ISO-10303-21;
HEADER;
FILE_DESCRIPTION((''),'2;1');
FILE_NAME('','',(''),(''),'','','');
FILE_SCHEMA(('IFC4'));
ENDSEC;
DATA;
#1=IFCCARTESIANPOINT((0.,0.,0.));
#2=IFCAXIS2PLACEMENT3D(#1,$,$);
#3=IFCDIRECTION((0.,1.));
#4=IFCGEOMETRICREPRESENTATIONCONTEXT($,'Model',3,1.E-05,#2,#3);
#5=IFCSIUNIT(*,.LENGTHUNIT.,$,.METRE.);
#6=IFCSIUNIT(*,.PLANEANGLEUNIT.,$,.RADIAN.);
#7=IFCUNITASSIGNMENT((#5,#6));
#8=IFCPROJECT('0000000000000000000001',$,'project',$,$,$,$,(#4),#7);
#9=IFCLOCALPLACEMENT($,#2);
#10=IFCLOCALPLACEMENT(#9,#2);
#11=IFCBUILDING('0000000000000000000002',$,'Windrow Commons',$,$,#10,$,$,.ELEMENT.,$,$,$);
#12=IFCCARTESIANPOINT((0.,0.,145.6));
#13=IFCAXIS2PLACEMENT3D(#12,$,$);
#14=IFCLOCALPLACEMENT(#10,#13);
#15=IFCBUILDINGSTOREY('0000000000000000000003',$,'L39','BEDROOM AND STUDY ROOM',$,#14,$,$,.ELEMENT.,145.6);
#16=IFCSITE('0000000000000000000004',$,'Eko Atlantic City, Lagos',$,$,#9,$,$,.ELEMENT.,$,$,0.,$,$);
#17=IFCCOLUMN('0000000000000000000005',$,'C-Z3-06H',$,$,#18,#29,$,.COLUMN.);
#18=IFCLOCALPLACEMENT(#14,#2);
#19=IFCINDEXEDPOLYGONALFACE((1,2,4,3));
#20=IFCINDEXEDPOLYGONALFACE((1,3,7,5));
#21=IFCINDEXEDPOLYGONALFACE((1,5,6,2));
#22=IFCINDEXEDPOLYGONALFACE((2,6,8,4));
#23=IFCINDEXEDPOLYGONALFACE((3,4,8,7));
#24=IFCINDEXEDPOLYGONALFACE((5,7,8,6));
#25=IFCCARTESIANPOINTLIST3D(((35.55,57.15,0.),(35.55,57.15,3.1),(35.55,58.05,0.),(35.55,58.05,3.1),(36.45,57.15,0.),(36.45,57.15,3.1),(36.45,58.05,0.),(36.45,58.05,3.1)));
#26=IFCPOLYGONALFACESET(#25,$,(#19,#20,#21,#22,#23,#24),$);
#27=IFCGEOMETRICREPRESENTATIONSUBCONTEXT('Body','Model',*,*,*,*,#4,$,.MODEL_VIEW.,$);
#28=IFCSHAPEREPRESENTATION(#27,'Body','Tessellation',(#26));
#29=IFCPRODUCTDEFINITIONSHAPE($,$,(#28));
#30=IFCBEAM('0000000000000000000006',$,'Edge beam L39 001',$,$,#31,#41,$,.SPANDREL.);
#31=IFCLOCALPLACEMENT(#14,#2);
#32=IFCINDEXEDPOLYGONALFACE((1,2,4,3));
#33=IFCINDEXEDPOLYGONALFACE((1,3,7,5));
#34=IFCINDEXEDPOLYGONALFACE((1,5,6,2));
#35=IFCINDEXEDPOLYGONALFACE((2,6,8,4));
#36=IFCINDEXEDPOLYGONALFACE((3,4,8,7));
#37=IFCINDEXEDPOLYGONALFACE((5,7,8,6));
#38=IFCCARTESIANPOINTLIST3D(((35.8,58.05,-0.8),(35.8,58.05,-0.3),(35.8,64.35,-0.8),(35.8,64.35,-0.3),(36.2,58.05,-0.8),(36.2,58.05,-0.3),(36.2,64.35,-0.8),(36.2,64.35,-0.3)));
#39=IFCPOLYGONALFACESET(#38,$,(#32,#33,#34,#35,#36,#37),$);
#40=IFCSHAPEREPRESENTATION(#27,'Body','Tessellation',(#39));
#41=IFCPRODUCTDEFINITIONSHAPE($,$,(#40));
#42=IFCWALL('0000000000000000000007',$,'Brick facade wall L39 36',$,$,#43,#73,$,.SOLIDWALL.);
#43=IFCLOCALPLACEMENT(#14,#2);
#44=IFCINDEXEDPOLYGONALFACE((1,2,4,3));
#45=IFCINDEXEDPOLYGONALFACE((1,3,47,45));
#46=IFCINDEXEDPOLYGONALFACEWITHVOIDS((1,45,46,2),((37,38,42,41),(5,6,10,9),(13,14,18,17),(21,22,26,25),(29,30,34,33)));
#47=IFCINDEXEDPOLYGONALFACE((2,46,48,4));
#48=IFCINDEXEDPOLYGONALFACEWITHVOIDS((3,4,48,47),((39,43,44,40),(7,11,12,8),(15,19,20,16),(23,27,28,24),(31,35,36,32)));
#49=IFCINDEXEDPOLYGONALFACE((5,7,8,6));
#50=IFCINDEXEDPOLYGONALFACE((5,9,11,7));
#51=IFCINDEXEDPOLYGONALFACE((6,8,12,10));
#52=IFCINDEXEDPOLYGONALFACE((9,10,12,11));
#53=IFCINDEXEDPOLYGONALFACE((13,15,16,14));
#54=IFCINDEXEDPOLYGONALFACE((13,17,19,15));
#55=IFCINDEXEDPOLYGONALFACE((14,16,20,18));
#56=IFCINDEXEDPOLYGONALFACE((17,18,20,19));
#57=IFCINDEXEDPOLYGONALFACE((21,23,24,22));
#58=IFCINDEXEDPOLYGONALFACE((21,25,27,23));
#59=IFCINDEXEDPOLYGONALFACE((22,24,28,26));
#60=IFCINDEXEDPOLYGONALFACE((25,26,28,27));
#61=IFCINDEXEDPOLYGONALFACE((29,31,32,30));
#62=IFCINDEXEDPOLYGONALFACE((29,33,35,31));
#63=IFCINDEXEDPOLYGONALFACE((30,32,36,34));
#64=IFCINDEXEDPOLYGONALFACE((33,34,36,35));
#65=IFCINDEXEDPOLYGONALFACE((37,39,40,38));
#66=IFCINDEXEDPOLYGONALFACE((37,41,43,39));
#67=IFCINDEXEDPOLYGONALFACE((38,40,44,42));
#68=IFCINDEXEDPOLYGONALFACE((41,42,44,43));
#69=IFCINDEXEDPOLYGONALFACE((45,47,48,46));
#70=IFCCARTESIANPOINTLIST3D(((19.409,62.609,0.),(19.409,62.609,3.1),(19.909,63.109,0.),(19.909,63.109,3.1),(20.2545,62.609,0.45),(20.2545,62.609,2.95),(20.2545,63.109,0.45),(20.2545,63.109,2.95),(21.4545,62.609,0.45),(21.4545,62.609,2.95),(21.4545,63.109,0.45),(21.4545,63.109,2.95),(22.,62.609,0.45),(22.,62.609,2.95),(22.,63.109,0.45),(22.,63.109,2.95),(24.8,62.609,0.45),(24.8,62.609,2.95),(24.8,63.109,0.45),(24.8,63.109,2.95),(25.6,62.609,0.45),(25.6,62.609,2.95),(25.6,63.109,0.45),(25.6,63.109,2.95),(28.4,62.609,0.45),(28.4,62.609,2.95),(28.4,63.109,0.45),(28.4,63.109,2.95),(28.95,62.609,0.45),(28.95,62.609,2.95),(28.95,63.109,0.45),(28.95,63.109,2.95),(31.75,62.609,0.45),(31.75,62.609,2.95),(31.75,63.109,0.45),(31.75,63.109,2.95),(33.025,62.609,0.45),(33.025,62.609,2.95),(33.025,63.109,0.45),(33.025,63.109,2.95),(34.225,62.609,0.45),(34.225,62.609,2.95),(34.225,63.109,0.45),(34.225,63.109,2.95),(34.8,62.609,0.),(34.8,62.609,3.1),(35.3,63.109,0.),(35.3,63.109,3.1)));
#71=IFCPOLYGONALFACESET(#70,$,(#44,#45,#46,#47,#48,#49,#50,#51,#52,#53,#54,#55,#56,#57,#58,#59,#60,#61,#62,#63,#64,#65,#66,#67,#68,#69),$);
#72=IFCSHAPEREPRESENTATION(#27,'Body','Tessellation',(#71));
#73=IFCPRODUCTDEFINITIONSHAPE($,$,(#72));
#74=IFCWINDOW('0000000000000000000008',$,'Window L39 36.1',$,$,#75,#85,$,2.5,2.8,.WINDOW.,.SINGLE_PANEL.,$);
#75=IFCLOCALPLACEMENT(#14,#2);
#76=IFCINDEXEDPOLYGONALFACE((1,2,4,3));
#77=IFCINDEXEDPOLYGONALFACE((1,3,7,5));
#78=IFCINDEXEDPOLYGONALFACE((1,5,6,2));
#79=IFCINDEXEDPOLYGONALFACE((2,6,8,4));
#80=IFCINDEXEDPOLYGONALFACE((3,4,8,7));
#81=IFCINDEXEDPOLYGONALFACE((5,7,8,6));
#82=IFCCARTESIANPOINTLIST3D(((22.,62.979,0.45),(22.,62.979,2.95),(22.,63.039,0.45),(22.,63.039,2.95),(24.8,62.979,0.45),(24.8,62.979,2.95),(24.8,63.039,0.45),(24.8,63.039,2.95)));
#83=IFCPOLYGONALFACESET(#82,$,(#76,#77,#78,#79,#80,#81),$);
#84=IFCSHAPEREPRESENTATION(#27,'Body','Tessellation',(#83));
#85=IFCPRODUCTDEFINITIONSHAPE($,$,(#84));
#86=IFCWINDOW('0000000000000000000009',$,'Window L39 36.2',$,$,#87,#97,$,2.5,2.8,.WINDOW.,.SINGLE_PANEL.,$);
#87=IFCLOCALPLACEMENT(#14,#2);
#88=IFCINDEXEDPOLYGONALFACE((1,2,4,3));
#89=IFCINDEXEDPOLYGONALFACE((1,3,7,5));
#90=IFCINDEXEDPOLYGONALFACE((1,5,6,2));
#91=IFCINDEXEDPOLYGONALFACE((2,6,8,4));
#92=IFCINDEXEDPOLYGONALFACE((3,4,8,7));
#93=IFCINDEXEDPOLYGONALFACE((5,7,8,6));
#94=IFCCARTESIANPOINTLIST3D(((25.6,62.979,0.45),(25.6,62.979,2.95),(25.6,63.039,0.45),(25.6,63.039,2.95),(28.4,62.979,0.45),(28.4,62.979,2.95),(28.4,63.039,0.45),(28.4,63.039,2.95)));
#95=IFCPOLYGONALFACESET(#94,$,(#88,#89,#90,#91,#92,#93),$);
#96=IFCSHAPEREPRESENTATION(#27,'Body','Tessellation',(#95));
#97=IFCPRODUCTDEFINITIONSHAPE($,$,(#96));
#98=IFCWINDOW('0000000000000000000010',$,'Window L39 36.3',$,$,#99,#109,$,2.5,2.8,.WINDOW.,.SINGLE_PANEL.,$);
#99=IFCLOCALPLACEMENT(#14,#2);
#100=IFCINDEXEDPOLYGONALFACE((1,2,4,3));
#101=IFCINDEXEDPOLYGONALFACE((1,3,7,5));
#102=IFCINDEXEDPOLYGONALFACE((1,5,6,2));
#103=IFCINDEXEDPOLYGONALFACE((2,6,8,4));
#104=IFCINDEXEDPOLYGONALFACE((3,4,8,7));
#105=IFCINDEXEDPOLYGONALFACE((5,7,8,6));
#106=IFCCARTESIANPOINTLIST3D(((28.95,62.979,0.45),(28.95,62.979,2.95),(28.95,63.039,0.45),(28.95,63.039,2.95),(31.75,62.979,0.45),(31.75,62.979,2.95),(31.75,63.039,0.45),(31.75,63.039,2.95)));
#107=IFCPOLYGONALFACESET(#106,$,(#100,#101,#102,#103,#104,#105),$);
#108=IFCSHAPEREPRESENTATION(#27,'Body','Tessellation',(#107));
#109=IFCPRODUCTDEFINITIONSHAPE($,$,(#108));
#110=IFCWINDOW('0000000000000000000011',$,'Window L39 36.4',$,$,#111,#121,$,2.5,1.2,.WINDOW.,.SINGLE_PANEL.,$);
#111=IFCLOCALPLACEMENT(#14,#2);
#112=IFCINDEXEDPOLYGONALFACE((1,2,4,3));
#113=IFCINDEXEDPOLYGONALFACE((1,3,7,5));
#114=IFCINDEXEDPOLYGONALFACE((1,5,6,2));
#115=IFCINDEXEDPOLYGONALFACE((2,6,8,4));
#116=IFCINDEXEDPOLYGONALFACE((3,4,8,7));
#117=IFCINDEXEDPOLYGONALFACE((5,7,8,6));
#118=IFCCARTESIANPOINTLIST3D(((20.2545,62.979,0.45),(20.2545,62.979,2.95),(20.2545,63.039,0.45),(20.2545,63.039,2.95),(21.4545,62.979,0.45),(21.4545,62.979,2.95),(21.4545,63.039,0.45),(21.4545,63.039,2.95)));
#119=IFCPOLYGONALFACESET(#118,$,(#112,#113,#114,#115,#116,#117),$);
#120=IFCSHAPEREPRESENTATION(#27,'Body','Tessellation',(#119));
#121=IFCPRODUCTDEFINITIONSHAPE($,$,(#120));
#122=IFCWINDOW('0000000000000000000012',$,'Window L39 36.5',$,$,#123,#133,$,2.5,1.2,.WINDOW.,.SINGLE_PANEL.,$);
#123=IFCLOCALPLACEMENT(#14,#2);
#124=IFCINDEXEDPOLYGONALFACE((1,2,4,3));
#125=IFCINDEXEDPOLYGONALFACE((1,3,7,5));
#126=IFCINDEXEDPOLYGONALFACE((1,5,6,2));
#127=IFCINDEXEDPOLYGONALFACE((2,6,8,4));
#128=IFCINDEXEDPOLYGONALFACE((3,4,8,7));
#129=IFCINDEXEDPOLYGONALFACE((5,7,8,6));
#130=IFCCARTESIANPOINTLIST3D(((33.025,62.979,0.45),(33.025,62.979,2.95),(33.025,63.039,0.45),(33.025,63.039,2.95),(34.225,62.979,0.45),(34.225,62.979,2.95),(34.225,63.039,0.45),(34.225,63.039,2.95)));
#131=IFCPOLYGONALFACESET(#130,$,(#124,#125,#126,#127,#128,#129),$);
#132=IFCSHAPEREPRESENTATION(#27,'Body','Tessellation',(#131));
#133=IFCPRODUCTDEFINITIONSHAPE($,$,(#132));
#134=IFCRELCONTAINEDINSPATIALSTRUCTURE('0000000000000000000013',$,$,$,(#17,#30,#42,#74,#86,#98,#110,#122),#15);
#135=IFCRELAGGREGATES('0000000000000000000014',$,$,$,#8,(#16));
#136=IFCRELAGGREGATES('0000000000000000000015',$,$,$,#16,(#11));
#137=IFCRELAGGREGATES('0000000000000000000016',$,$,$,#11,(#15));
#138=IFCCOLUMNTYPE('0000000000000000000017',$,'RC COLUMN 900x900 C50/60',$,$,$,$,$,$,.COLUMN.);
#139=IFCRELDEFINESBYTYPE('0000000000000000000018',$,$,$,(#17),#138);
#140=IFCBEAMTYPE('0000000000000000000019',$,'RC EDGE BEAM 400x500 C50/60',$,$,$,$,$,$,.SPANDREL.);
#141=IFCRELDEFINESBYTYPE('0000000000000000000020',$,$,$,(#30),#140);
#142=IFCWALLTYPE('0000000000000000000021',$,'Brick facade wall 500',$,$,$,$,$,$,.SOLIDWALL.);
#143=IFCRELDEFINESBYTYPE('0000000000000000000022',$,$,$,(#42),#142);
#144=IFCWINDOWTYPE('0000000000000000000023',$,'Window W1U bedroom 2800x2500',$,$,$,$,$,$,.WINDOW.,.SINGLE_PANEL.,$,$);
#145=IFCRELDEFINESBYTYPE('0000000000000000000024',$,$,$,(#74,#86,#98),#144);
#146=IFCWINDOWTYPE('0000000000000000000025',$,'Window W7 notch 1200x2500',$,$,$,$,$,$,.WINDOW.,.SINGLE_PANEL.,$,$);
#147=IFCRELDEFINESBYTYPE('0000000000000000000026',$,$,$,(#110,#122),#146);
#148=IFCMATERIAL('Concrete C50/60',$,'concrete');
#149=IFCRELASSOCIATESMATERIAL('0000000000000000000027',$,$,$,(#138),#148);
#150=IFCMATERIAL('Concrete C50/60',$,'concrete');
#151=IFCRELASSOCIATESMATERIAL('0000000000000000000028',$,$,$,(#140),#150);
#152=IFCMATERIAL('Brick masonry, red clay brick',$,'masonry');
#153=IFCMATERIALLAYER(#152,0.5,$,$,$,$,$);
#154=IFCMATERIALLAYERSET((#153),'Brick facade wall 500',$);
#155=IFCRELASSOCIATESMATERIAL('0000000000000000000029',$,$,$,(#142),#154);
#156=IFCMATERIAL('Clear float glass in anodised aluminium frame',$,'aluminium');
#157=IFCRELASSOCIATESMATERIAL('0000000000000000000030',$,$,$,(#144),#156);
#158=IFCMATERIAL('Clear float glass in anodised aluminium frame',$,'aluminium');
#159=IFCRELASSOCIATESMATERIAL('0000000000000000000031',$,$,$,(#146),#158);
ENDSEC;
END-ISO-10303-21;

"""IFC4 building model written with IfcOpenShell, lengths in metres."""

from ifc_helpers import new_model, si_unit, direction, frame, frame_2d, origin, origin_2d, place, context, subcontext, project, spatial, polyline, rectangle, outline, extrude, material, layer, layer_set, material_profile, profile_set, type_object, element, fill, save


model = new_model("IFC4")

# Units and contexts
model_context = context("Model", 3, precision=1e-05, world=origin(), true_north=direction((0.0, 1.0)))
body_context = subcontext(model_context, "Body", "Model", "MODEL_VIEW")
ifc_project = project(units=[si_unit("LENGTHUNIT", "METRE"), si_unit("PLANEANGLEUNIT", "RADIAN")], contexts=[model_context])

# Site, building, storey
site_placement = place(None, origin())
site = spatial("IfcSite", under=ifc_project, at=site_placement, Name="Eko Atlantic City, Lagos", CompositionType="ELEMENT", RefElevation=0.0)
building_placement = place(site_placement, origin())
building = spatial("IfcBuilding", under=site, at=building_placement, Name="Windrow Commons", CompositionType="ELEMENT")
storey_placement = place(building_placement, frame((0.0, 0.0, 145.6)))
storey = spatial("IfcBuildingStorey", under=building, at=storey_placement, Name="L39", Description="BEDROOM AND STUDY ROOM", CompositionType="ELEMENT", Elevation=145.6)

# Column
ifc_material_1 = material(Name="Concrete C50/60", Category="concrete")
ifc_material_profile_1 = material_profile(ifc_material_1, rectangle(XDim=0.9, YDim=0.9, at=origin_2d()))
ifc_profile_set_1 = profile_set([ifc_material_profile_1], Name="Concrete C50/60")
column_type = type_object("IfcColumnType", Name="RC COLUMN 900x900 C50/60", PredefinedType="COLUMN", material=ifc_profile_set_1)
column_placement = place(storey_placement, frame((36.0, 57.6, 0.0), z_axis=(0.0, 0.0, 1.0), x_axis=(1.0, 0.0, 0.0)))
element("IfcColumn", 1, at=column_placement, inside=storey, type_object=column_type, Name="C-Z3-06H", PredefinedType="COLUMN", context=body_context, shape_type="SweptSolid", body=[
    extrude(rectangle(XDim=0.9, YDim=0.9, at=origin_2d()), origin(), (0.0, 0.0, 1.0), 3.1),
])

# Beam
ifc_material_2 = material(Name="Concrete C50/60", Category="concrete")
ifc_material_profile_2 = material_profile(ifc_material_2, rectangle(XDim=0.4, YDim=0.5, at=origin_2d()))
ifc_profile_set_2 = profile_set([ifc_material_profile_2], Name="Concrete C50/60")
beam_type = type_object("IfcBeamType", Name="RC EDGE BEAM 400x500 C50/60", PredefinedType="SPANDREL", material=ifc_profile_set_2)
beam_placement = place(storey_placement, frame((36.0, 58.05, -0.55), z_axis=(0.0, 1.0, 0.0), x_axis=(-1.0, 0.0, 0.0)))
element("IfcBeam", 2, at=beam_placement, inside=storey, type_object=beam_type, Name="Edge beam L39 001", PredefinedType="SPANDREL", context=body_context, shape_type="SweptSolid", body=[
    extrude(rectangle(XDim=0.4, YDim=0.5, at=origin_2d()), origin(), (0.0, 0.0, 1.0), 6.3),
])

# Wall, openings, windows
ifc_material_3 = material(Name="Brick masonry, red clay brick", Category="masonry")
ifc_layer_1 = layer(ifc_material_3, 0.5)
ifc_layer_set_1 = layer_set([ifc_layer_1], Name="Brick facade wall 500")
wall_type_1 = type_object("IfcWallType", Name="Brick facade wall 500", PredefinedType="SOLIDWALL", material=ifc_layer_set_1)
wall_1_placement = place(storey_placement, frame((19.659, 62.859, 0.0), z_axis=(0.0, 0.0, 1.0), x_axis=(1.0, 0.0, 0.0)))
wall_1 = element("IfcWall", 3, at=wall_1_placement, inside=storey, type_object=wall_type_1, Name="Brick facade wall L39 36", PredefinedType="SOLIDWALL", context=body_context, shape_type="SweptSolid", body=[
    extrude(outline(polyline([(-0.25, -0.25), (15.141, -0.25), (15.641, 0.25), (0.25, 0.25), (-0.25, -0.25)])), origin(), (0.0, 0.0, 1.0), 3.1),
])
opening_1_placement = place(wall_1_placement, frame((2.341, 0.0, 0.45)))
opening_1 = element("IfcOpeningElement", 4, at=opening_1_placement, cuts=wall_1, PredefinedType="OPENING", context=body_context, shape_type="SweptSolid", body=[
    extrude(rectangle(XDim=2.8, YDim=2.5, at=frame_2d((1.4, 1.25))), frame((0.0, 0.26, 0.0), z_axis=(0.0, -1.0, 0.0), x_axis=(1.0, 0.0, 0.0)), (0.0, 0.0, 1.0), 0.52),
])
opening_2_placement = place(wall_1_placement, frame((5.941, 0.0, 0.45)))
opening_2 = element("IfcOpeningElement", 5, at=opening_2_placement, cuts=wall_1, PredefinedType="OPENING", context=body_context, shape_type="SweptSolid", body=[
    extrude(rectangle(XDim=2.8, YDim=2.5, at=frame_2d((1.4, 1.25))), frame((0.0, 0.26, 0.0), z_axis=(0.0, -1.0, 0.0), x_axis=(1.0, 0.0, 0.0)), (0.0, 0.0, 1.0), 0.52),
])
opening_3_placement = place(wall_1_placement, frame((9.291, 0.0, 0.45)))
opening_3 = element("IfcOpeningElement", 6, at=opening_3_placement, cuts=wall_1, PredefinedType="OPENING", context=body_context, shape_type="SweptSolid", body=[
    extrude(rectangle(XDim=2.8, YDim=2.5, at=frame_2d((1.4, 1.25))), frame((0.0, 0.26, 0.0), z_axis=(0.0, -1.0, 0.0), x_axis=(1.0, 0.0, 0.0)), (0.0, 0.0, 1.0), 0.52),
])
opening_4_placement = place(wall_1_placement, frame((0.5955, 0.0, 0.45)))
opening_4 = element("IfcOpeningElement", 7, at=opening_4_placement, cuts=wall_1, PredefinedType="OPENING", context=body_context, shape_type="SweptSolid", body=[
    extrude(rectangle(XDim=1.2, YDim=2.5, at=frame_2d((0.6, 1.25))), frame((0.0, 0.26, 0.0), z_axis=(0.0, -1.0, 0.0), x_axis=(1.0, 0.0, 0.0)), (0.0, 0.0, 1.0), 0.52),
])
opening_5_placement = place(wall_1_placement, frame((13.366, 0.0, 0.45)))
opening_5 = element("IfcOpeningElement", 8, at=opening_5_placement, cuts=wall_1, PredefinedType="OPENING", context=body_context, shape_type="SweptSolid", body=[
    extrude(rectangle(XDim=1.2, YDim=2.5, at=frame_2d((0.6, 1.25))), frame((0.0, 0.26, 0.0), z_axis=(0.0, -1.0, 0.0), x_axis=(1.0, 0.0, 0.0)), (0.0, 0.0, 1.0), 0.52),
])
ifc_material_4 = material(Name="Clear float glass in anodised aluminium frame", Category="aluminium")
window_type_1 = type_object("IfcWindowType", Name="Window W1U bedroom 2800x2500", PartitioningType="SINGLE_PANEL", PredefinedType="WINDOW", material=ifc_material_4)
window_1_placement = place(opening_1_placement, origin())
window_1 = element("IfcWindow", 9, at=window_1_placement, inside=storey, type_object=window_type_1, Name="Window L39 36.1", OverallHeight=2.5, OverallWidth=2.8, PartitioningType="SINGLE_PANEL", PredefinedType="WINDOW", context=body_context, shape_type="SweptSolid", body=[
    extrude(rectangle(XDim=2.8, YDim=2.5, at=frame_2d((1.4, 1.25))), frame((0.0, 0.18, 0.0), z_axis=(0.0, -1.0, 0.0), x_axis=(1.0, 0.0, 0.0)), (0.0, 0.0, 1.0), 0.06),
])
fill(opening_1, window_1)
window_2_placement = place(opening_2_placement, origin())
window_2 = element("IfcWindow", 10, at=window_2_placement, inside=storey, type_object=window_type_1, Name="Window L39 36.2", OverallHeight=2.5, OverallWidth=2.8, PartitioningType="SINGLE_PANEL", PredefinedType="WINDOW", context=body_context, shape_type="SweptSolid", body=[
    extrude(rectangle(XDim=2.8, YDim=2.5, at=frame_2d((1.4, 1.25))), frame((0.0, 0.18, 0.0), z_axis=(0.0, -1.0, 0.0), x_axis=(1.0, 0.0, 0.0)), (0.0, 0.0, 1.0), 0.06),
])
fill(opening_2, window_2)
window_3_placement = place(opening_3_placement, origin())
window_3 = element("IfcWindow", 11, at=window_3_placement, inside=storey, type_object=window_type_1, Name="Window L39 36.3", OverallHeight=2.5, OverallWidth=2.8, PartitioningType="SINGLE_PANEL", PredefinedType="WINDOW", context=body_context, shape_type="SweptSolid", body=[
    extrude(rectangle(XDim=2.8, YDim=2.5, at=frame_2d((1.4, 1.25))), frame((0.0, 0.18, 0.0), z_axis=(0.0, -1.0, 0.0), x_axis=(1.0, 0.0, 0.0)), (0.0, 0.0, 1.0), 0.06),
])
fill(opening_3, window_3)
ifc_material_5 = material(Name="Clear float glass in anodised aluminium frame", Category="aluminium")
window_type_2 = type_object("IfcWindowType", Name="Window W7 notch 1200x2500", PartitioningType="SINGLE_PANEL", PredefinedType="WINDOW", material=ifc_material_5)
window_4_placement = place(opening_4_placement, origin())
window_4 = element("IfcWindow", 12, at=window_4_placement, inside=storey, type_object=window_type_2, Name="Window L39 36.4", OverallHeight=2.5, OverallWidth=1.2, PartitioningType="SINGLE_PANEL", PredefinedType="WINDOW", context=body_context, shape_type="SweptSolid", body=[
    extrude(rectangle(XDim=1.2, YDim=2.5, at=frame_2d((0.6, 1.25))), frame((0.0, 0.18, 0.0), z_axis=(0.0, -1.0, 0.0), x_axis=(1.0, 0.0, 0.0)), (0.0, 0.0, 1.0), 0.06),
])
fill(opening_4, window_4)
window_5_placement = place(opening_5_placement, origin())
window_5 = element("IfcWindow", 13, at=window_5_placement, inside=storey, type_object=window_type_2, Name="Window L39 36.5", OverallHeight=2.5, OverallWidth=1.2, PartitioningType="SINGLE_PANEL", PredefinedType="WINDOW", context=body_context, shape_type="SweptSolid", body=[
    extrude(rectangle(XDim=1.2, YDim=2.5, at=frame_2d((0.6, 1.25))), frame((0.0, 0.18, 0.0), z_axis=(0.0, -1.0, 0.0), x_axis=(1.0, 0.0, 0.0)), (0.0, 0.0, 1.0), 0.06),
])
fill(opening_5, window_5)

save(model, "model.ifc")
